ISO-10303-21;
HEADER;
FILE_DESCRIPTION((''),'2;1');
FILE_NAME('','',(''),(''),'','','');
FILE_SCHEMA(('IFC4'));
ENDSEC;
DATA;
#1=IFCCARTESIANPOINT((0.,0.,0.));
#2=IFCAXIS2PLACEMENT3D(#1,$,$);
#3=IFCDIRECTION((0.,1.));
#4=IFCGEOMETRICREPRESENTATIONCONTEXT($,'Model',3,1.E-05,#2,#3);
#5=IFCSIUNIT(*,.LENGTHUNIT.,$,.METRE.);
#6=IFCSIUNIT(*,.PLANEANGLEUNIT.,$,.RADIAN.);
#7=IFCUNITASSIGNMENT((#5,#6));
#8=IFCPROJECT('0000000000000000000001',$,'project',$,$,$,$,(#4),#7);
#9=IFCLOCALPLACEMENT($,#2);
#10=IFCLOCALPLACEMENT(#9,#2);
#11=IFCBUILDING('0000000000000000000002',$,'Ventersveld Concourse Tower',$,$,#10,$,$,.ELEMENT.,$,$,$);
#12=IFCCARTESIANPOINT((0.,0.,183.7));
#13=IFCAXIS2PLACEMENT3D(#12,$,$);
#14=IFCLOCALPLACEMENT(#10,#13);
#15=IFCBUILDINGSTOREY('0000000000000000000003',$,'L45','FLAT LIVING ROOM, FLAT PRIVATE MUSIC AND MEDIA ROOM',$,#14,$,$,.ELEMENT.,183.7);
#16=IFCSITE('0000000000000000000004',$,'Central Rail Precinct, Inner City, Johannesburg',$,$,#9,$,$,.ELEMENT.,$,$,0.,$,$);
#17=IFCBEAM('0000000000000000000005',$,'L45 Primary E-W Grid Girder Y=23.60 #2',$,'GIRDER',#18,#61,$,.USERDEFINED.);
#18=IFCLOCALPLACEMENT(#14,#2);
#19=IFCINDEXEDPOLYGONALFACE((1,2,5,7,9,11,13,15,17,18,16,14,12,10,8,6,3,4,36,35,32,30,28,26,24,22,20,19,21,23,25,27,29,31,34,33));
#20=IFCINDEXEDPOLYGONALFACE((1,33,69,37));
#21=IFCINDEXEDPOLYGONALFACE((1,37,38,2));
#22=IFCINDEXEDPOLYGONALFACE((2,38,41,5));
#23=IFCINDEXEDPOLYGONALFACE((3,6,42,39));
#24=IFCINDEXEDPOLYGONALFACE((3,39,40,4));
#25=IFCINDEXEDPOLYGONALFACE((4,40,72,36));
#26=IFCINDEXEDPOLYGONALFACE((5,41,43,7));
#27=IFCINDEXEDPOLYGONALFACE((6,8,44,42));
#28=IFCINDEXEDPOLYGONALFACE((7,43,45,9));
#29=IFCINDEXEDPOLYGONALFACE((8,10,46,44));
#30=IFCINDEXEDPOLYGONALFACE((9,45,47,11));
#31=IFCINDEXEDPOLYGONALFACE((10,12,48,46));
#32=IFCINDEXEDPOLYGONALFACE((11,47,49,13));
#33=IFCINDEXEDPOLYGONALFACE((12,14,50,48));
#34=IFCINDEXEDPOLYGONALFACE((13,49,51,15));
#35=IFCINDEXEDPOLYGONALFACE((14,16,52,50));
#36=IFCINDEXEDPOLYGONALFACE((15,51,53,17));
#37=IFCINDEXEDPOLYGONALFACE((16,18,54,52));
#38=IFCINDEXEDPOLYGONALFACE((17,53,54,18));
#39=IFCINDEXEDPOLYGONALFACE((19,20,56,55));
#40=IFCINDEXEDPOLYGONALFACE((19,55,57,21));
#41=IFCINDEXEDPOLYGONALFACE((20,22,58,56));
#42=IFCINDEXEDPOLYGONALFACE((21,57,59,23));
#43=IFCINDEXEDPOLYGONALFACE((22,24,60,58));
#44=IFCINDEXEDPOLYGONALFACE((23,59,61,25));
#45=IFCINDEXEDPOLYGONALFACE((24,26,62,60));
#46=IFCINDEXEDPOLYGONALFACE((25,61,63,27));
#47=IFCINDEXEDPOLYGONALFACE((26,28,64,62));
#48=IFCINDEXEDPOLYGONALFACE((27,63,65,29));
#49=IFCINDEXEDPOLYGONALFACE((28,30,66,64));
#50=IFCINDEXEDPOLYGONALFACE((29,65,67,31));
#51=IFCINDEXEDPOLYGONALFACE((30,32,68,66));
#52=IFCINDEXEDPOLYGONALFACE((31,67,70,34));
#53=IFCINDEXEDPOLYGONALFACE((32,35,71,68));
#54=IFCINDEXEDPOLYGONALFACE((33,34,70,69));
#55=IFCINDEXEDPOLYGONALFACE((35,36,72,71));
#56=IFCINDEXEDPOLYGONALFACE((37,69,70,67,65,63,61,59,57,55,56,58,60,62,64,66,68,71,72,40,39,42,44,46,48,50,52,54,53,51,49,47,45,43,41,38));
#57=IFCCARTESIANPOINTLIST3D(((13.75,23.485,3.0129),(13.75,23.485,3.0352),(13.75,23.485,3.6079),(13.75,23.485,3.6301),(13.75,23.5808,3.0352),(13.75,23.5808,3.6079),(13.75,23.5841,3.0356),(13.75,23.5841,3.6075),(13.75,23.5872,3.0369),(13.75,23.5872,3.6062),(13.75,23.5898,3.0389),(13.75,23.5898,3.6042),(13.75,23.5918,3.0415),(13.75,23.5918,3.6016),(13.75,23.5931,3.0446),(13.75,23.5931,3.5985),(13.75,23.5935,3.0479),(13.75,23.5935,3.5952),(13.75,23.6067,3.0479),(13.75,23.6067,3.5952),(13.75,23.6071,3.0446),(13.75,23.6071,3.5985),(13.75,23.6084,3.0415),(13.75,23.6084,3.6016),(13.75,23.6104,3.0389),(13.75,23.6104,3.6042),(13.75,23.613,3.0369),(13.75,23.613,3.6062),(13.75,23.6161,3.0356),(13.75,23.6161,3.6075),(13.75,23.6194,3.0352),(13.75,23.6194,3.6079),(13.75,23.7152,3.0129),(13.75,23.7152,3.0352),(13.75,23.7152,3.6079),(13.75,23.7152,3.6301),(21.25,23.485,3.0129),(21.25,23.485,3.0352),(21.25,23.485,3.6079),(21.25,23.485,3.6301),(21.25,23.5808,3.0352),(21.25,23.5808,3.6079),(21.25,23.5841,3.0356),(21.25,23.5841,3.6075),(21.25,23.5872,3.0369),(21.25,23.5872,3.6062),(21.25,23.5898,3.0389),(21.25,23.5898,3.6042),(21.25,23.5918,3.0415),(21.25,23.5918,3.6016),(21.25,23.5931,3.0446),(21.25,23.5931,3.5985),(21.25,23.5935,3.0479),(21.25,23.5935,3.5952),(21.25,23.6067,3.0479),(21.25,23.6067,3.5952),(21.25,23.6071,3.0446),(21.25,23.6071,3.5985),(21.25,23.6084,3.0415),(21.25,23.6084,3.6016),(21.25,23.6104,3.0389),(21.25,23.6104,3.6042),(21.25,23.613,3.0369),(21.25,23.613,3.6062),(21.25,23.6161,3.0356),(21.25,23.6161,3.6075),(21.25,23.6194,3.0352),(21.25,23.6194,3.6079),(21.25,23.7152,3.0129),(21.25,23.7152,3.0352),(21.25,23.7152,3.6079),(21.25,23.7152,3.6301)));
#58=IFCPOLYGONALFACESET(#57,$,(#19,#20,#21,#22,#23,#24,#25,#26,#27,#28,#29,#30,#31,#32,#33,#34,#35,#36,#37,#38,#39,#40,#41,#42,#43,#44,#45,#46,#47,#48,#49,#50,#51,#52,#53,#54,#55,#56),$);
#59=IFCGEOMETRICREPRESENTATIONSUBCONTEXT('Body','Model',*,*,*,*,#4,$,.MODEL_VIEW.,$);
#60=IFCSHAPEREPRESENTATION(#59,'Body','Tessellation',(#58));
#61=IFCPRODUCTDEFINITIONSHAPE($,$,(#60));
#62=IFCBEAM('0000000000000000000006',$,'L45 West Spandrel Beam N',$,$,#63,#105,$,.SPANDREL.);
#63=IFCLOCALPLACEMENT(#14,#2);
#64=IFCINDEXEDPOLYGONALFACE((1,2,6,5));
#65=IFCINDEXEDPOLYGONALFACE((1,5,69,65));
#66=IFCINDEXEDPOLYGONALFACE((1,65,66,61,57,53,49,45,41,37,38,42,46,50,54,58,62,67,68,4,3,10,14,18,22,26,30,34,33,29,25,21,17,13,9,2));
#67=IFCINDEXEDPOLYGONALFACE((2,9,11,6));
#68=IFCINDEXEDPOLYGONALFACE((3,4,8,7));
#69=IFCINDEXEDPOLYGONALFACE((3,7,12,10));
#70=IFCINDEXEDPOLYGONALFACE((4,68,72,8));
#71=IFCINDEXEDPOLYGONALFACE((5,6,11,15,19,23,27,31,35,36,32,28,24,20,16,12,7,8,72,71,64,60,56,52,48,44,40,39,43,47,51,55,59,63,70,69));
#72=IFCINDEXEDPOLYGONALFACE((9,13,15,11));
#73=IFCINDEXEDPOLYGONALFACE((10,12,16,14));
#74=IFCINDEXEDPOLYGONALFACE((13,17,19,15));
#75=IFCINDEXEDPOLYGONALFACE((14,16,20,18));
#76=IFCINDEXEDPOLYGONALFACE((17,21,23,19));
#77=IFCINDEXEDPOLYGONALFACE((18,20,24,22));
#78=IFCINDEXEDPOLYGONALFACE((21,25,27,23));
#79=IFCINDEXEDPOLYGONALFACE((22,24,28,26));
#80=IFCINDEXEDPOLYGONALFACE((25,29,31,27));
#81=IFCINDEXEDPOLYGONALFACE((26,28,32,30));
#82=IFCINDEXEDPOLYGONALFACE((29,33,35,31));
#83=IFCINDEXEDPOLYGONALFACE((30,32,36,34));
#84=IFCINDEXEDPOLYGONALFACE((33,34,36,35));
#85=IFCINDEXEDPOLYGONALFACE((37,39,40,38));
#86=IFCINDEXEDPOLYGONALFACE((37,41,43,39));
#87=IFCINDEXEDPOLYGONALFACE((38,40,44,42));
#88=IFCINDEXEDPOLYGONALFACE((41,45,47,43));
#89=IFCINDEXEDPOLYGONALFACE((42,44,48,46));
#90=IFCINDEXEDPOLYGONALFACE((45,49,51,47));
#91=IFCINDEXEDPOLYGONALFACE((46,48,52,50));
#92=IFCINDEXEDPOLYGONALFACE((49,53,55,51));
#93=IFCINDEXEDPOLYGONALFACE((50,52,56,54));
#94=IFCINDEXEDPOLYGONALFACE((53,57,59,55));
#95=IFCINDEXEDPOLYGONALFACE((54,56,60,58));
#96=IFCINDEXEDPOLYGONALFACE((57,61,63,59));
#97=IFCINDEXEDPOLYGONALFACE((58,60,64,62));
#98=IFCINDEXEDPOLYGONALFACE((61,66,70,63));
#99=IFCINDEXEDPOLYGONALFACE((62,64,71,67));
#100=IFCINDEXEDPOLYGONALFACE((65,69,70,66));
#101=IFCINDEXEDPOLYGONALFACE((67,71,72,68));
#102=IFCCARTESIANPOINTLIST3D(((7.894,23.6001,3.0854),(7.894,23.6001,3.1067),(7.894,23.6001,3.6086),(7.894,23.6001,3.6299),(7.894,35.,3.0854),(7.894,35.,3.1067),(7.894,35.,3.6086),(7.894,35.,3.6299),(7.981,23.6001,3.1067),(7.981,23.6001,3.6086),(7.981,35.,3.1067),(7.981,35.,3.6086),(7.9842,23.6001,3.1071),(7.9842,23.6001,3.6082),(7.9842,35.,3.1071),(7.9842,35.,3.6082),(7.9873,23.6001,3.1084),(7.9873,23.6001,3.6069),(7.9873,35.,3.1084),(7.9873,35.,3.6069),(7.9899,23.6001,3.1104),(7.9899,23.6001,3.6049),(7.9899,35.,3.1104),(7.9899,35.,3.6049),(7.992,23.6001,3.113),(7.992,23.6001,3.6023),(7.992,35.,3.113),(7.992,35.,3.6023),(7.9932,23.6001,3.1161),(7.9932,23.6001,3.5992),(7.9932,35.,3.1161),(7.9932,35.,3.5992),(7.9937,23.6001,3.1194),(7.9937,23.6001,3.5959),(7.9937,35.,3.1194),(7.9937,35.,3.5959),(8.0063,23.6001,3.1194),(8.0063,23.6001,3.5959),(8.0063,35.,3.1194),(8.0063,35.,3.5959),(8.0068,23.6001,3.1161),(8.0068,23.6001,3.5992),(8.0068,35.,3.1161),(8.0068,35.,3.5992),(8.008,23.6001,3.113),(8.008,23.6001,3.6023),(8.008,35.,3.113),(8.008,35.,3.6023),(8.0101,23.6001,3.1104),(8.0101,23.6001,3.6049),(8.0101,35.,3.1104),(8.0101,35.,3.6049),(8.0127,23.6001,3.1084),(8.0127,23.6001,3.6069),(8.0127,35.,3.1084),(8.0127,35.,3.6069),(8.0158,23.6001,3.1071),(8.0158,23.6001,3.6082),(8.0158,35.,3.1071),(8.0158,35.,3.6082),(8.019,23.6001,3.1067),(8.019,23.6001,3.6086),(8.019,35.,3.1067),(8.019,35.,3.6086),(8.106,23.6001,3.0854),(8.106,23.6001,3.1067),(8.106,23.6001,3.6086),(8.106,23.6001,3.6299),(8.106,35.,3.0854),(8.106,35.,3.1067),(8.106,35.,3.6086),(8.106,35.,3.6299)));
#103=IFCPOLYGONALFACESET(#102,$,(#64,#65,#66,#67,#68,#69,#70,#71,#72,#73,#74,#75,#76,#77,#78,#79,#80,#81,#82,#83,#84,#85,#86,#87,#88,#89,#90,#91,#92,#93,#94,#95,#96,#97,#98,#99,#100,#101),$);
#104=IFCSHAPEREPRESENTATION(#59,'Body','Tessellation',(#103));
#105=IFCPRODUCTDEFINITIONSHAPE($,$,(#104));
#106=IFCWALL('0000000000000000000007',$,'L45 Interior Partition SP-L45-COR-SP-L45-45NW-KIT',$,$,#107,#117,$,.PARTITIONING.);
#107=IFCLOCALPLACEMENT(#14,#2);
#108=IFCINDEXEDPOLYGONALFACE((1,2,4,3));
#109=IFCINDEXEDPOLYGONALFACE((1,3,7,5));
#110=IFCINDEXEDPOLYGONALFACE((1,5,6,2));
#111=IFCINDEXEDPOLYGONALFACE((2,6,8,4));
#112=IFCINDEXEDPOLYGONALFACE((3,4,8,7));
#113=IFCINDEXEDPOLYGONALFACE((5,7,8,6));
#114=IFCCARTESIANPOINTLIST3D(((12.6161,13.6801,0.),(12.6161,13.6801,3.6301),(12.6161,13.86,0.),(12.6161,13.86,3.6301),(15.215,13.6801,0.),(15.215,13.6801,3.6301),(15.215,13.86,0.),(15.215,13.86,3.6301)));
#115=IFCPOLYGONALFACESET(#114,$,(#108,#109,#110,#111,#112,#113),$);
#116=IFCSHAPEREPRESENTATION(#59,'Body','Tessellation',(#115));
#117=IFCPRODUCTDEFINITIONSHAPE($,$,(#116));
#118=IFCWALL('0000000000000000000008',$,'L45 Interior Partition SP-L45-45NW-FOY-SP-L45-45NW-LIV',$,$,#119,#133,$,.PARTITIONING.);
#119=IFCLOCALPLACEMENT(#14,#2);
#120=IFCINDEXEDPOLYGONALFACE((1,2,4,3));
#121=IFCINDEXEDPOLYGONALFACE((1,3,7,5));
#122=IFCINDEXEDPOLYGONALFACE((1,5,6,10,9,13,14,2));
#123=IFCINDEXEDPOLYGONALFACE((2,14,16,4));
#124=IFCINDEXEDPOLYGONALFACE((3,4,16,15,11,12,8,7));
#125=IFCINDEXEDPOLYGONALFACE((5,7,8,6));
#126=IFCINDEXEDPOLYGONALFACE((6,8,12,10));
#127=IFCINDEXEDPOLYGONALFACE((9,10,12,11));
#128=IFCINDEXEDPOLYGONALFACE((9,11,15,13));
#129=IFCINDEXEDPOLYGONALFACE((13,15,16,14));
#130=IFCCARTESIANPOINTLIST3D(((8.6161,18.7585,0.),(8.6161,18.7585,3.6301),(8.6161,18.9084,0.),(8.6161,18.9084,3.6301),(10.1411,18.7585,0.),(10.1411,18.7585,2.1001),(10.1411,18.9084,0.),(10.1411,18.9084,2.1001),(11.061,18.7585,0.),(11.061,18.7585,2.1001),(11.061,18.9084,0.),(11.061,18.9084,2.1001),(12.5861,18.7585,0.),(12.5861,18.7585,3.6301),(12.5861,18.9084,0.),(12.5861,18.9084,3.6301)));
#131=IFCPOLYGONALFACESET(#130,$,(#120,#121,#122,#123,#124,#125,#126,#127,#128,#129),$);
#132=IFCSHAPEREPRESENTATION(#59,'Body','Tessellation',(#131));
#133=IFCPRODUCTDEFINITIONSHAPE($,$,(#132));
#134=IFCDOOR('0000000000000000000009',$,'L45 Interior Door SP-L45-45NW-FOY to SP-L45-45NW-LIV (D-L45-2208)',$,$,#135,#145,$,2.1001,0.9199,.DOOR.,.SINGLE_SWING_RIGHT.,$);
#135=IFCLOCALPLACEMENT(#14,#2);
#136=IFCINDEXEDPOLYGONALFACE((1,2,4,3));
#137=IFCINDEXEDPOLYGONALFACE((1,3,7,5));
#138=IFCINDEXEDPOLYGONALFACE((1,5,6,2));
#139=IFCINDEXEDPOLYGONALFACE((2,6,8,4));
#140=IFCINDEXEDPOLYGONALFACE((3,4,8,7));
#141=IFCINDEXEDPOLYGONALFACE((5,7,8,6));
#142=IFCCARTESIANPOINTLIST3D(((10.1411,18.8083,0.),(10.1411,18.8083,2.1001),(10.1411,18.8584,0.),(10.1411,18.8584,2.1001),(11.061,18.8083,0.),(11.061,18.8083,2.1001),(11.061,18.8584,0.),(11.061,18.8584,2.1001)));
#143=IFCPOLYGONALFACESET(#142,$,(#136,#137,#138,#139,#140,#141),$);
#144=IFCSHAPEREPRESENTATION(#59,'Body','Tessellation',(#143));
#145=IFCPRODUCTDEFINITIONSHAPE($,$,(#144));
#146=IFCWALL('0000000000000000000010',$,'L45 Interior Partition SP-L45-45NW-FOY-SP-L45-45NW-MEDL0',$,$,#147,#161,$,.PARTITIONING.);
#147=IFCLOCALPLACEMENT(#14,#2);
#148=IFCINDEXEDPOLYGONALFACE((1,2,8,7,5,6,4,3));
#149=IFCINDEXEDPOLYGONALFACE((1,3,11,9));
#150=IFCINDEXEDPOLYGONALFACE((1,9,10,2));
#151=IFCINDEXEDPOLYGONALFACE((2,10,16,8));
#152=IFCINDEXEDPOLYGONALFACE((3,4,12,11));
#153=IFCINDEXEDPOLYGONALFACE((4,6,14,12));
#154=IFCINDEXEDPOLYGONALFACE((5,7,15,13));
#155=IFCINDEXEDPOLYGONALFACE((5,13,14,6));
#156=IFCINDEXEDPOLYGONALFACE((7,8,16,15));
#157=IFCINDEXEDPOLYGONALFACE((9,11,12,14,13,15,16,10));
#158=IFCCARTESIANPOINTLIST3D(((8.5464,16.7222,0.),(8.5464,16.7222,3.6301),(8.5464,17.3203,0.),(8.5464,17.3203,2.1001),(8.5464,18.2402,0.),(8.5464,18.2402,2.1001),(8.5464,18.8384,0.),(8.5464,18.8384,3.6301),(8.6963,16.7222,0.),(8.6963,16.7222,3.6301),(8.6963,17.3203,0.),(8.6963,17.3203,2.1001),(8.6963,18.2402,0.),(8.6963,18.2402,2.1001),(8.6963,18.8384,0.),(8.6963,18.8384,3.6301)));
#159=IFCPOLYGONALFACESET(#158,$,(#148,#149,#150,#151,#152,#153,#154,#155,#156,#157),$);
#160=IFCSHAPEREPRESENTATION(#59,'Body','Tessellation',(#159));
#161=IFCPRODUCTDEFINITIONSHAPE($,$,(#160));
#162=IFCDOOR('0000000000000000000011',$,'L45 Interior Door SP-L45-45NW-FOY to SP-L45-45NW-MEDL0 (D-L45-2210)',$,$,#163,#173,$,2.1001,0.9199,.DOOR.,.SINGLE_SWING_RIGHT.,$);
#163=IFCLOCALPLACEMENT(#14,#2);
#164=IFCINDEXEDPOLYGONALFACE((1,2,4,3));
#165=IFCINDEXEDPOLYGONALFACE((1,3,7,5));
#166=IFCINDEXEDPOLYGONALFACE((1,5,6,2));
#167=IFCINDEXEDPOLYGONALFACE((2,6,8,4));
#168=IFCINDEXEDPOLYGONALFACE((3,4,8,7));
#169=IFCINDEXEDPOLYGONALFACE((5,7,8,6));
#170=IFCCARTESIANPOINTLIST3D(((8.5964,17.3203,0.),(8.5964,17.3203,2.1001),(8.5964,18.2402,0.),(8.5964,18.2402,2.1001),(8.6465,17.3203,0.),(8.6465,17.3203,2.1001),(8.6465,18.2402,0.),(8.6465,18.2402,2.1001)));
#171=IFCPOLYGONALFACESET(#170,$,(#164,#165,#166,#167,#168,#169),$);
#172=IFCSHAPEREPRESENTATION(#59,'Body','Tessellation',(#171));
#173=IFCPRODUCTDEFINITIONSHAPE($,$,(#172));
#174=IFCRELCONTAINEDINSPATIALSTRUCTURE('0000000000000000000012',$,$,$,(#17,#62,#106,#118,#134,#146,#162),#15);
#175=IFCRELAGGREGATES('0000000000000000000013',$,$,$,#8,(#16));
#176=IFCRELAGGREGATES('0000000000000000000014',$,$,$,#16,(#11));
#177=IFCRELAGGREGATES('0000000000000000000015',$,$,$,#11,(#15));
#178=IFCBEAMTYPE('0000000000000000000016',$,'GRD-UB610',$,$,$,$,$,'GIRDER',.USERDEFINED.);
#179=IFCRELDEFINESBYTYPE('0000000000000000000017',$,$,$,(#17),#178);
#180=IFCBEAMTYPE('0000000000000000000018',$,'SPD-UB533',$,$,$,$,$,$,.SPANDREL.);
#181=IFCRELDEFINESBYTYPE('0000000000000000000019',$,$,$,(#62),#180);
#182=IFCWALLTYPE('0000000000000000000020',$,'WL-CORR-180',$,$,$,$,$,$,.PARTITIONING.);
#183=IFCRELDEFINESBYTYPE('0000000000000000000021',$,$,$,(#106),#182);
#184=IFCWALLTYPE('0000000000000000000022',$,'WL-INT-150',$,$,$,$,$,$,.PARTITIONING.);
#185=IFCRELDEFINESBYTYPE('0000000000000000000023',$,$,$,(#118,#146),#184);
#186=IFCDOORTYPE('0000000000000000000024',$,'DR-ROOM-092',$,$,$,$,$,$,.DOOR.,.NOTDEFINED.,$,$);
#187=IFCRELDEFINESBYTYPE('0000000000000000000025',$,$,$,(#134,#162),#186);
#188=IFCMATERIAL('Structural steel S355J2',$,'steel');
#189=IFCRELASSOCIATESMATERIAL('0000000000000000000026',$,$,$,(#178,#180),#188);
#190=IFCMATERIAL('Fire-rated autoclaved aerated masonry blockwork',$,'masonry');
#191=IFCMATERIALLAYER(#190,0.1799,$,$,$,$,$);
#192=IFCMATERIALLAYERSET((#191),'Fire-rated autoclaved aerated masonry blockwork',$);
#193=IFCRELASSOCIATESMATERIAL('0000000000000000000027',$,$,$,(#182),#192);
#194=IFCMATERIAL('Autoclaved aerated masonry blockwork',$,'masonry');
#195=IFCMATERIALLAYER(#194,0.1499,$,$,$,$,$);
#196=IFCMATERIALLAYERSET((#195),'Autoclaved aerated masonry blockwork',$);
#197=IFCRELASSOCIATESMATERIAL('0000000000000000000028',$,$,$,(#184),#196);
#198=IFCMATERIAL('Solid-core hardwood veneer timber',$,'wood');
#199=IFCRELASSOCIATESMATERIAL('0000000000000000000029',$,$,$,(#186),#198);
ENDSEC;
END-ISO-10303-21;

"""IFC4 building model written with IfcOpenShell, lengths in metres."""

from ifc_helpers import new_model, si_unit, direction, frame, frame_2d, origin, origin_2d, place, context, subcontext, project, spatial, rectangle, i_section, extrude, material, layer, layer_set, material_profile, profile_set, type_object, element, fill, save


model = new_model("IFC4")

# Units and contexts
model_context = context("Model", 3, precision=1e-05, world=origin(), true_north=direction((0.0, 1.0)))
body_context = subcontext(model_context, "Body", "Model", "MODEL_VIEW")
ifc_project = project(units=[si_unit("LENGTHUNIT", "METRE"), si_unit("PLANEANGLEUNIT", "RADIAN")], contexts=[model_context])

# Site, building, storey
site_placement = place(None, origin())
site = spatial("IfcSite", under=ifc_project, at=site_placement, Name="Central Rail Precinct, Inner City, Johannesburg", CompositionType="ELEMENT", RefElevation=0.0)
building_placement = place(site_placement, origin())
building = spatial("IfcBuilding", under=site, at=building_placement, Name="Ventersveld Concourse Tower", CompositionType="ELEMENT")
storey_placement = place(building_placement, frame((0.0, 0.0, 183.7)))
storey = spatial("IfcBuildingStorey", under=building, at=storey_placement, Name="L45", Description="FLAT LIVING ROOM, FLAT PRIVATE MUSIC AND MEDIA ROOM", CompositionType="ELEMENT", Elevation=183.7)

# Beams
ifc_material_1 = material(Name="Structural steel S355J2", Category="steel")
ifc_material_profile_1 = material_profile(ifc_material_1, i_section(OverallWidth=0.2302, OverallDepth=0.6172, WebThickness=0.0132, FlangeThickness=0.0222, FilletRadius=0.0127, at=origin_2d()), Name="UB 610x229x140")
ifc_profile_set_1 = profile_set([ifc_material_profile_1], Name="Structural steel S355J2")
beam_type_1 = type_object("IfcBeamType", Name="GRD-UB610", ElementType="GIRDER", PredefinedType="USERDEFINED", material=ifc_profile_set_1)
beam_1_placement = place(storey_placement, frame((13.75, 23.6001, 3.3215), z_axis=(1.0, 0.0, 0.0), x_axis=(0.0, 1.0, 0.0)))
element("IfcBeam", 1, at=beam_1_placement, inside=storey, type_object=beam_type_1, Name="L45 Primary E-W Grid Girder Y=23.60 #2", ObjectType="GIRDER", PredefinedType="USERDEFINED", context=body_context, shape_type="SweptSolid", body=[
    extrude(i_section(OverallWidth=0.2302, OverallDepth=0.6172, WebThickness=0.0132, FlangeThickness=0.0222, FilletRadius=0.0127, at=origin_2d()), origin(), (0.0, 0.0, 1.0), 7.5),
])
ifc_material_profile_2 = material_profile(ifc_material_1, i_section(OverallWidth=0.2119, OverallDepth=0.5444, WebThickness=0.0127, FlangeThickness=0.0212, FilletRadius=0.0127, at=origin_2d()), Name="UB 533x210x122")
ifc_profile_set_2 = profile_set([ifc_material_profile_2], Name="Structural steel S355J2")
beam_type_2 = type_object("IfcBeamType", Name="SPD-UB533", PredefinedType="SPANDREL", material=ifc_profile_set_2)
beam_2_placement = place(storey_placement, frame((8.0, 23.6001, 3.3577), z_axis=(0.0, 1.0, 0.0), x_axis=(-1.0, 0.0, 0.0)))
element("IfcBeam", 2, at=beam_2_placement, inside=storey, type_object=beam_type_2, Name="L45 West Spandrel Beam N", PredefinedType="SPANDREL", context=body_context, shape_type="SweptSolid", body=[
    extrude(i_section(OverallWidth=0.2119, OverallDepth=0.5444, WebThickness=0.0127, FlangeThickness=0.0212, FilletRadius=0.0127, at=origin_2d()), origin(), (0.0, 0.0, 1.0), 11.3999),
])

# Shared definitions
ifc_material_2 = material(Name="Fire-rated autoclaved aerated masonry blockwork", Category="masonry")
ifc_layer_1 = layer(ifc_material_2, 0.1799)
ifc_layer_set_1 = layer_set([ifc_layer_1], Name="Fire-rated autoclaved aerated masonry blockwork")
wall_type_1 = type_object("IfcWallType", Name="WL-CORR-180", PredefinedType="PARTITIONING", material=ifc_layer_set_1)
ifc_material_3 = material(Name="Solid-core hardwood veneer timber", Category="wood")

# Wall
wall_1_placement = place(storey_placement, frame((12.6162, 13.77, 0.0), z_axis=(0.0, 0.0, 1.0), x_axis=(1.0, 0.0, 0.0)))
element("IfcWall", 3, at=wall_1_placement, inside=storey, type_object=wall_type_1, Name="L45 Interior Partition SP-L45-COR-SP-L45-45NW-KIT", PredefinedType="PARTITIONING", context=body_context, shape_type="SweptSolid", body=[
    extrude(rectangle(XDim=2.5989, YDim=0.1799, at=frame_2d((1.2993, 0.0))), origin(), (0.0, 0.0, 1.0), 3.6301),
])

# Walls, openings, doors
ifc_material_4 = material(Name="Autoclaved aerated masonry blockwork", Category="masonry")
ifc_layer_2 = layer(ifc_material_4, 0.1499)
ifc_layer_set_2 = layer_set([ifc_layer_2], Name="Autoclaved aerated masonry blockwork")
wall_type_2 = type_object("IfcWallType", Name="WL-INT-150", PredefinedType="PARTITIONING", material=ifc_layer_set_2)
wall_2_placement = place(storey_placement, frame((8.6162, 18.8335, 0.0), z_axis=(0.0, 0.0, 1.0), x_axis=(1.0, 0.0, 0.0)))
wall_2 = element("IfcWall", 4, at=wall_2_placement, inside=storey, type_object=wall_type_2, Name="L45 Interior Partition SP-L45-45NW-FOY-SP-L45-45NW-LIV", PredefinedType="PARTITIONING", context=body_context, shape_type="SweptSolid", body=[
    extrude(rectangle(XDim=3.97, YDim=0.1499, at=frame_2d((1.9849, 0.0))), origin(), (0.0, 0.0, 1.0), 3.6301),
])
opening_1_placement = place(wall_2_placement, frame((1.5249, 0.0, 0.0)))
opening_1 = element("IfcOpeningElement", 5, at=opening_1_placement, cuts=wall_2, PredefinedType="OPENING", context=body_context, shape_type="SweptSolid", body=[
    extrude(rectangle(XDim=0.9199, YDim=2.1001, at=frame_2d((0.46, 1.05))), frame((0.0, 0.085, 0.0), z_axis=(0.0, -1.0, 0.0), x_axis=(1.0, 0.0, 0.0)), (0.0, 0.0, 1.0), 0.1699),
])
door_type_1 = type_object("IfcDoorType", Name="DR-ROOM-092", OperationType="NOTDEFINED", PredefinedType="DOOR", material=ifc_material_3)
door_1_placement = place(opening_1_placement, origin())
door_1 = element("IfcDoor", 6, at=door_1_placement, inside=storey, type_object=door_type_1, Name="L45 Interior Door SP-L45-45NW-FOY to SP-L45-45NW-LIV (D-L45-2208)", OperationType="SINGLE_SWING_RIGHT", OverallHeight=2.1001, OverallWidth=0.9199, PredefinedType="DOOR", context=body_context, shape_type="SweptSolid", body=[
    extrude(rectangle(XDim=0.9199, YDim=2.1001, at=frame_2d((0.46, 1.05))), frame((0.0, 0.0249, 0.0), z_axis=(0.0, -1.0, 0.0), x_axis=(1.0, 0.0, 0.0)), (0.0, 0.0, 1.0), 0.05),
])
fill(opening_1, door_1)
wall_3_placement = place(storey_placement, frame((8.6213, 16.7222, 0.0), z_axis=(0.0, 0.0, 1.0), x_axis=(0.0, 1.0, 0.0)))
wall_3 = element("IfcWall", 7, at=wall_3_placement, inside=storey, type_object=wall_type_2, Name="L45 Interior Partition SP-L45-45NW-FOY-SP-L45-45NW-MEDL0", PredefinedType="PARTITIONING", context=body_context, shape_type="SweptSolid", body=[
    extrude(rectangle(XDim=2.1162, YDim=0.1499, at=frame_2d((1.0581, 0.0))), origin(), (0.0, 0.0, 1.0), 3.6301),
])
opening_2_placement = place(wall_3_placement, frame((0.5981, 0.0, 0.0)))
opening_2 = element("IfcOpeningElement", 8, at=opening_2_placement, cuts=wall_3, PredefinedType="OPENING", context=body_context, shape_type="SweptSolid", body=[
    extrude(rectangle(XDim=0.9199, YDim=2.1001, at=frame_2d((0.46, 1.05))), frame((0.0, 0.085, 0.0), z_axis=(0.0, -1.0, 0.0), x_axis=(1.0, 0.0, 0.0)), (0.0, 0.0, 1.0), 0.1699),
])
door_2_placement = place(opening_2_placement, origin())
door_2 = element("IfcDoor", 9, at=door_2_placement, inside=storey, type_object=door_type_1, Name="L45 Interior Door SP-L45-45NW-FOY to SP-L45-45NW-MEDL0 (D-L45-2210)", OperationType="SINGLE_SWING_RIGHT", OverallHeight=2.1001, OverallWidth=0.9199, PredefinedType="DOOR", context=body_context, shape_type="SweptSolid", body=[
    extrude(rectangle(XDim=0.9199, YDim=2.1001, at=frame_2d((0.46, 1.05))), frame((0.0, 0.0249, 0.0), z_axis=(0.0, -1.0, 0.0), x_axis=(1.0, 0.0, 0.0)), (0.0, 0.0, 1.0), 0.05),
])
fill(opening_2, door_2)

save(model, "model.ifc")
